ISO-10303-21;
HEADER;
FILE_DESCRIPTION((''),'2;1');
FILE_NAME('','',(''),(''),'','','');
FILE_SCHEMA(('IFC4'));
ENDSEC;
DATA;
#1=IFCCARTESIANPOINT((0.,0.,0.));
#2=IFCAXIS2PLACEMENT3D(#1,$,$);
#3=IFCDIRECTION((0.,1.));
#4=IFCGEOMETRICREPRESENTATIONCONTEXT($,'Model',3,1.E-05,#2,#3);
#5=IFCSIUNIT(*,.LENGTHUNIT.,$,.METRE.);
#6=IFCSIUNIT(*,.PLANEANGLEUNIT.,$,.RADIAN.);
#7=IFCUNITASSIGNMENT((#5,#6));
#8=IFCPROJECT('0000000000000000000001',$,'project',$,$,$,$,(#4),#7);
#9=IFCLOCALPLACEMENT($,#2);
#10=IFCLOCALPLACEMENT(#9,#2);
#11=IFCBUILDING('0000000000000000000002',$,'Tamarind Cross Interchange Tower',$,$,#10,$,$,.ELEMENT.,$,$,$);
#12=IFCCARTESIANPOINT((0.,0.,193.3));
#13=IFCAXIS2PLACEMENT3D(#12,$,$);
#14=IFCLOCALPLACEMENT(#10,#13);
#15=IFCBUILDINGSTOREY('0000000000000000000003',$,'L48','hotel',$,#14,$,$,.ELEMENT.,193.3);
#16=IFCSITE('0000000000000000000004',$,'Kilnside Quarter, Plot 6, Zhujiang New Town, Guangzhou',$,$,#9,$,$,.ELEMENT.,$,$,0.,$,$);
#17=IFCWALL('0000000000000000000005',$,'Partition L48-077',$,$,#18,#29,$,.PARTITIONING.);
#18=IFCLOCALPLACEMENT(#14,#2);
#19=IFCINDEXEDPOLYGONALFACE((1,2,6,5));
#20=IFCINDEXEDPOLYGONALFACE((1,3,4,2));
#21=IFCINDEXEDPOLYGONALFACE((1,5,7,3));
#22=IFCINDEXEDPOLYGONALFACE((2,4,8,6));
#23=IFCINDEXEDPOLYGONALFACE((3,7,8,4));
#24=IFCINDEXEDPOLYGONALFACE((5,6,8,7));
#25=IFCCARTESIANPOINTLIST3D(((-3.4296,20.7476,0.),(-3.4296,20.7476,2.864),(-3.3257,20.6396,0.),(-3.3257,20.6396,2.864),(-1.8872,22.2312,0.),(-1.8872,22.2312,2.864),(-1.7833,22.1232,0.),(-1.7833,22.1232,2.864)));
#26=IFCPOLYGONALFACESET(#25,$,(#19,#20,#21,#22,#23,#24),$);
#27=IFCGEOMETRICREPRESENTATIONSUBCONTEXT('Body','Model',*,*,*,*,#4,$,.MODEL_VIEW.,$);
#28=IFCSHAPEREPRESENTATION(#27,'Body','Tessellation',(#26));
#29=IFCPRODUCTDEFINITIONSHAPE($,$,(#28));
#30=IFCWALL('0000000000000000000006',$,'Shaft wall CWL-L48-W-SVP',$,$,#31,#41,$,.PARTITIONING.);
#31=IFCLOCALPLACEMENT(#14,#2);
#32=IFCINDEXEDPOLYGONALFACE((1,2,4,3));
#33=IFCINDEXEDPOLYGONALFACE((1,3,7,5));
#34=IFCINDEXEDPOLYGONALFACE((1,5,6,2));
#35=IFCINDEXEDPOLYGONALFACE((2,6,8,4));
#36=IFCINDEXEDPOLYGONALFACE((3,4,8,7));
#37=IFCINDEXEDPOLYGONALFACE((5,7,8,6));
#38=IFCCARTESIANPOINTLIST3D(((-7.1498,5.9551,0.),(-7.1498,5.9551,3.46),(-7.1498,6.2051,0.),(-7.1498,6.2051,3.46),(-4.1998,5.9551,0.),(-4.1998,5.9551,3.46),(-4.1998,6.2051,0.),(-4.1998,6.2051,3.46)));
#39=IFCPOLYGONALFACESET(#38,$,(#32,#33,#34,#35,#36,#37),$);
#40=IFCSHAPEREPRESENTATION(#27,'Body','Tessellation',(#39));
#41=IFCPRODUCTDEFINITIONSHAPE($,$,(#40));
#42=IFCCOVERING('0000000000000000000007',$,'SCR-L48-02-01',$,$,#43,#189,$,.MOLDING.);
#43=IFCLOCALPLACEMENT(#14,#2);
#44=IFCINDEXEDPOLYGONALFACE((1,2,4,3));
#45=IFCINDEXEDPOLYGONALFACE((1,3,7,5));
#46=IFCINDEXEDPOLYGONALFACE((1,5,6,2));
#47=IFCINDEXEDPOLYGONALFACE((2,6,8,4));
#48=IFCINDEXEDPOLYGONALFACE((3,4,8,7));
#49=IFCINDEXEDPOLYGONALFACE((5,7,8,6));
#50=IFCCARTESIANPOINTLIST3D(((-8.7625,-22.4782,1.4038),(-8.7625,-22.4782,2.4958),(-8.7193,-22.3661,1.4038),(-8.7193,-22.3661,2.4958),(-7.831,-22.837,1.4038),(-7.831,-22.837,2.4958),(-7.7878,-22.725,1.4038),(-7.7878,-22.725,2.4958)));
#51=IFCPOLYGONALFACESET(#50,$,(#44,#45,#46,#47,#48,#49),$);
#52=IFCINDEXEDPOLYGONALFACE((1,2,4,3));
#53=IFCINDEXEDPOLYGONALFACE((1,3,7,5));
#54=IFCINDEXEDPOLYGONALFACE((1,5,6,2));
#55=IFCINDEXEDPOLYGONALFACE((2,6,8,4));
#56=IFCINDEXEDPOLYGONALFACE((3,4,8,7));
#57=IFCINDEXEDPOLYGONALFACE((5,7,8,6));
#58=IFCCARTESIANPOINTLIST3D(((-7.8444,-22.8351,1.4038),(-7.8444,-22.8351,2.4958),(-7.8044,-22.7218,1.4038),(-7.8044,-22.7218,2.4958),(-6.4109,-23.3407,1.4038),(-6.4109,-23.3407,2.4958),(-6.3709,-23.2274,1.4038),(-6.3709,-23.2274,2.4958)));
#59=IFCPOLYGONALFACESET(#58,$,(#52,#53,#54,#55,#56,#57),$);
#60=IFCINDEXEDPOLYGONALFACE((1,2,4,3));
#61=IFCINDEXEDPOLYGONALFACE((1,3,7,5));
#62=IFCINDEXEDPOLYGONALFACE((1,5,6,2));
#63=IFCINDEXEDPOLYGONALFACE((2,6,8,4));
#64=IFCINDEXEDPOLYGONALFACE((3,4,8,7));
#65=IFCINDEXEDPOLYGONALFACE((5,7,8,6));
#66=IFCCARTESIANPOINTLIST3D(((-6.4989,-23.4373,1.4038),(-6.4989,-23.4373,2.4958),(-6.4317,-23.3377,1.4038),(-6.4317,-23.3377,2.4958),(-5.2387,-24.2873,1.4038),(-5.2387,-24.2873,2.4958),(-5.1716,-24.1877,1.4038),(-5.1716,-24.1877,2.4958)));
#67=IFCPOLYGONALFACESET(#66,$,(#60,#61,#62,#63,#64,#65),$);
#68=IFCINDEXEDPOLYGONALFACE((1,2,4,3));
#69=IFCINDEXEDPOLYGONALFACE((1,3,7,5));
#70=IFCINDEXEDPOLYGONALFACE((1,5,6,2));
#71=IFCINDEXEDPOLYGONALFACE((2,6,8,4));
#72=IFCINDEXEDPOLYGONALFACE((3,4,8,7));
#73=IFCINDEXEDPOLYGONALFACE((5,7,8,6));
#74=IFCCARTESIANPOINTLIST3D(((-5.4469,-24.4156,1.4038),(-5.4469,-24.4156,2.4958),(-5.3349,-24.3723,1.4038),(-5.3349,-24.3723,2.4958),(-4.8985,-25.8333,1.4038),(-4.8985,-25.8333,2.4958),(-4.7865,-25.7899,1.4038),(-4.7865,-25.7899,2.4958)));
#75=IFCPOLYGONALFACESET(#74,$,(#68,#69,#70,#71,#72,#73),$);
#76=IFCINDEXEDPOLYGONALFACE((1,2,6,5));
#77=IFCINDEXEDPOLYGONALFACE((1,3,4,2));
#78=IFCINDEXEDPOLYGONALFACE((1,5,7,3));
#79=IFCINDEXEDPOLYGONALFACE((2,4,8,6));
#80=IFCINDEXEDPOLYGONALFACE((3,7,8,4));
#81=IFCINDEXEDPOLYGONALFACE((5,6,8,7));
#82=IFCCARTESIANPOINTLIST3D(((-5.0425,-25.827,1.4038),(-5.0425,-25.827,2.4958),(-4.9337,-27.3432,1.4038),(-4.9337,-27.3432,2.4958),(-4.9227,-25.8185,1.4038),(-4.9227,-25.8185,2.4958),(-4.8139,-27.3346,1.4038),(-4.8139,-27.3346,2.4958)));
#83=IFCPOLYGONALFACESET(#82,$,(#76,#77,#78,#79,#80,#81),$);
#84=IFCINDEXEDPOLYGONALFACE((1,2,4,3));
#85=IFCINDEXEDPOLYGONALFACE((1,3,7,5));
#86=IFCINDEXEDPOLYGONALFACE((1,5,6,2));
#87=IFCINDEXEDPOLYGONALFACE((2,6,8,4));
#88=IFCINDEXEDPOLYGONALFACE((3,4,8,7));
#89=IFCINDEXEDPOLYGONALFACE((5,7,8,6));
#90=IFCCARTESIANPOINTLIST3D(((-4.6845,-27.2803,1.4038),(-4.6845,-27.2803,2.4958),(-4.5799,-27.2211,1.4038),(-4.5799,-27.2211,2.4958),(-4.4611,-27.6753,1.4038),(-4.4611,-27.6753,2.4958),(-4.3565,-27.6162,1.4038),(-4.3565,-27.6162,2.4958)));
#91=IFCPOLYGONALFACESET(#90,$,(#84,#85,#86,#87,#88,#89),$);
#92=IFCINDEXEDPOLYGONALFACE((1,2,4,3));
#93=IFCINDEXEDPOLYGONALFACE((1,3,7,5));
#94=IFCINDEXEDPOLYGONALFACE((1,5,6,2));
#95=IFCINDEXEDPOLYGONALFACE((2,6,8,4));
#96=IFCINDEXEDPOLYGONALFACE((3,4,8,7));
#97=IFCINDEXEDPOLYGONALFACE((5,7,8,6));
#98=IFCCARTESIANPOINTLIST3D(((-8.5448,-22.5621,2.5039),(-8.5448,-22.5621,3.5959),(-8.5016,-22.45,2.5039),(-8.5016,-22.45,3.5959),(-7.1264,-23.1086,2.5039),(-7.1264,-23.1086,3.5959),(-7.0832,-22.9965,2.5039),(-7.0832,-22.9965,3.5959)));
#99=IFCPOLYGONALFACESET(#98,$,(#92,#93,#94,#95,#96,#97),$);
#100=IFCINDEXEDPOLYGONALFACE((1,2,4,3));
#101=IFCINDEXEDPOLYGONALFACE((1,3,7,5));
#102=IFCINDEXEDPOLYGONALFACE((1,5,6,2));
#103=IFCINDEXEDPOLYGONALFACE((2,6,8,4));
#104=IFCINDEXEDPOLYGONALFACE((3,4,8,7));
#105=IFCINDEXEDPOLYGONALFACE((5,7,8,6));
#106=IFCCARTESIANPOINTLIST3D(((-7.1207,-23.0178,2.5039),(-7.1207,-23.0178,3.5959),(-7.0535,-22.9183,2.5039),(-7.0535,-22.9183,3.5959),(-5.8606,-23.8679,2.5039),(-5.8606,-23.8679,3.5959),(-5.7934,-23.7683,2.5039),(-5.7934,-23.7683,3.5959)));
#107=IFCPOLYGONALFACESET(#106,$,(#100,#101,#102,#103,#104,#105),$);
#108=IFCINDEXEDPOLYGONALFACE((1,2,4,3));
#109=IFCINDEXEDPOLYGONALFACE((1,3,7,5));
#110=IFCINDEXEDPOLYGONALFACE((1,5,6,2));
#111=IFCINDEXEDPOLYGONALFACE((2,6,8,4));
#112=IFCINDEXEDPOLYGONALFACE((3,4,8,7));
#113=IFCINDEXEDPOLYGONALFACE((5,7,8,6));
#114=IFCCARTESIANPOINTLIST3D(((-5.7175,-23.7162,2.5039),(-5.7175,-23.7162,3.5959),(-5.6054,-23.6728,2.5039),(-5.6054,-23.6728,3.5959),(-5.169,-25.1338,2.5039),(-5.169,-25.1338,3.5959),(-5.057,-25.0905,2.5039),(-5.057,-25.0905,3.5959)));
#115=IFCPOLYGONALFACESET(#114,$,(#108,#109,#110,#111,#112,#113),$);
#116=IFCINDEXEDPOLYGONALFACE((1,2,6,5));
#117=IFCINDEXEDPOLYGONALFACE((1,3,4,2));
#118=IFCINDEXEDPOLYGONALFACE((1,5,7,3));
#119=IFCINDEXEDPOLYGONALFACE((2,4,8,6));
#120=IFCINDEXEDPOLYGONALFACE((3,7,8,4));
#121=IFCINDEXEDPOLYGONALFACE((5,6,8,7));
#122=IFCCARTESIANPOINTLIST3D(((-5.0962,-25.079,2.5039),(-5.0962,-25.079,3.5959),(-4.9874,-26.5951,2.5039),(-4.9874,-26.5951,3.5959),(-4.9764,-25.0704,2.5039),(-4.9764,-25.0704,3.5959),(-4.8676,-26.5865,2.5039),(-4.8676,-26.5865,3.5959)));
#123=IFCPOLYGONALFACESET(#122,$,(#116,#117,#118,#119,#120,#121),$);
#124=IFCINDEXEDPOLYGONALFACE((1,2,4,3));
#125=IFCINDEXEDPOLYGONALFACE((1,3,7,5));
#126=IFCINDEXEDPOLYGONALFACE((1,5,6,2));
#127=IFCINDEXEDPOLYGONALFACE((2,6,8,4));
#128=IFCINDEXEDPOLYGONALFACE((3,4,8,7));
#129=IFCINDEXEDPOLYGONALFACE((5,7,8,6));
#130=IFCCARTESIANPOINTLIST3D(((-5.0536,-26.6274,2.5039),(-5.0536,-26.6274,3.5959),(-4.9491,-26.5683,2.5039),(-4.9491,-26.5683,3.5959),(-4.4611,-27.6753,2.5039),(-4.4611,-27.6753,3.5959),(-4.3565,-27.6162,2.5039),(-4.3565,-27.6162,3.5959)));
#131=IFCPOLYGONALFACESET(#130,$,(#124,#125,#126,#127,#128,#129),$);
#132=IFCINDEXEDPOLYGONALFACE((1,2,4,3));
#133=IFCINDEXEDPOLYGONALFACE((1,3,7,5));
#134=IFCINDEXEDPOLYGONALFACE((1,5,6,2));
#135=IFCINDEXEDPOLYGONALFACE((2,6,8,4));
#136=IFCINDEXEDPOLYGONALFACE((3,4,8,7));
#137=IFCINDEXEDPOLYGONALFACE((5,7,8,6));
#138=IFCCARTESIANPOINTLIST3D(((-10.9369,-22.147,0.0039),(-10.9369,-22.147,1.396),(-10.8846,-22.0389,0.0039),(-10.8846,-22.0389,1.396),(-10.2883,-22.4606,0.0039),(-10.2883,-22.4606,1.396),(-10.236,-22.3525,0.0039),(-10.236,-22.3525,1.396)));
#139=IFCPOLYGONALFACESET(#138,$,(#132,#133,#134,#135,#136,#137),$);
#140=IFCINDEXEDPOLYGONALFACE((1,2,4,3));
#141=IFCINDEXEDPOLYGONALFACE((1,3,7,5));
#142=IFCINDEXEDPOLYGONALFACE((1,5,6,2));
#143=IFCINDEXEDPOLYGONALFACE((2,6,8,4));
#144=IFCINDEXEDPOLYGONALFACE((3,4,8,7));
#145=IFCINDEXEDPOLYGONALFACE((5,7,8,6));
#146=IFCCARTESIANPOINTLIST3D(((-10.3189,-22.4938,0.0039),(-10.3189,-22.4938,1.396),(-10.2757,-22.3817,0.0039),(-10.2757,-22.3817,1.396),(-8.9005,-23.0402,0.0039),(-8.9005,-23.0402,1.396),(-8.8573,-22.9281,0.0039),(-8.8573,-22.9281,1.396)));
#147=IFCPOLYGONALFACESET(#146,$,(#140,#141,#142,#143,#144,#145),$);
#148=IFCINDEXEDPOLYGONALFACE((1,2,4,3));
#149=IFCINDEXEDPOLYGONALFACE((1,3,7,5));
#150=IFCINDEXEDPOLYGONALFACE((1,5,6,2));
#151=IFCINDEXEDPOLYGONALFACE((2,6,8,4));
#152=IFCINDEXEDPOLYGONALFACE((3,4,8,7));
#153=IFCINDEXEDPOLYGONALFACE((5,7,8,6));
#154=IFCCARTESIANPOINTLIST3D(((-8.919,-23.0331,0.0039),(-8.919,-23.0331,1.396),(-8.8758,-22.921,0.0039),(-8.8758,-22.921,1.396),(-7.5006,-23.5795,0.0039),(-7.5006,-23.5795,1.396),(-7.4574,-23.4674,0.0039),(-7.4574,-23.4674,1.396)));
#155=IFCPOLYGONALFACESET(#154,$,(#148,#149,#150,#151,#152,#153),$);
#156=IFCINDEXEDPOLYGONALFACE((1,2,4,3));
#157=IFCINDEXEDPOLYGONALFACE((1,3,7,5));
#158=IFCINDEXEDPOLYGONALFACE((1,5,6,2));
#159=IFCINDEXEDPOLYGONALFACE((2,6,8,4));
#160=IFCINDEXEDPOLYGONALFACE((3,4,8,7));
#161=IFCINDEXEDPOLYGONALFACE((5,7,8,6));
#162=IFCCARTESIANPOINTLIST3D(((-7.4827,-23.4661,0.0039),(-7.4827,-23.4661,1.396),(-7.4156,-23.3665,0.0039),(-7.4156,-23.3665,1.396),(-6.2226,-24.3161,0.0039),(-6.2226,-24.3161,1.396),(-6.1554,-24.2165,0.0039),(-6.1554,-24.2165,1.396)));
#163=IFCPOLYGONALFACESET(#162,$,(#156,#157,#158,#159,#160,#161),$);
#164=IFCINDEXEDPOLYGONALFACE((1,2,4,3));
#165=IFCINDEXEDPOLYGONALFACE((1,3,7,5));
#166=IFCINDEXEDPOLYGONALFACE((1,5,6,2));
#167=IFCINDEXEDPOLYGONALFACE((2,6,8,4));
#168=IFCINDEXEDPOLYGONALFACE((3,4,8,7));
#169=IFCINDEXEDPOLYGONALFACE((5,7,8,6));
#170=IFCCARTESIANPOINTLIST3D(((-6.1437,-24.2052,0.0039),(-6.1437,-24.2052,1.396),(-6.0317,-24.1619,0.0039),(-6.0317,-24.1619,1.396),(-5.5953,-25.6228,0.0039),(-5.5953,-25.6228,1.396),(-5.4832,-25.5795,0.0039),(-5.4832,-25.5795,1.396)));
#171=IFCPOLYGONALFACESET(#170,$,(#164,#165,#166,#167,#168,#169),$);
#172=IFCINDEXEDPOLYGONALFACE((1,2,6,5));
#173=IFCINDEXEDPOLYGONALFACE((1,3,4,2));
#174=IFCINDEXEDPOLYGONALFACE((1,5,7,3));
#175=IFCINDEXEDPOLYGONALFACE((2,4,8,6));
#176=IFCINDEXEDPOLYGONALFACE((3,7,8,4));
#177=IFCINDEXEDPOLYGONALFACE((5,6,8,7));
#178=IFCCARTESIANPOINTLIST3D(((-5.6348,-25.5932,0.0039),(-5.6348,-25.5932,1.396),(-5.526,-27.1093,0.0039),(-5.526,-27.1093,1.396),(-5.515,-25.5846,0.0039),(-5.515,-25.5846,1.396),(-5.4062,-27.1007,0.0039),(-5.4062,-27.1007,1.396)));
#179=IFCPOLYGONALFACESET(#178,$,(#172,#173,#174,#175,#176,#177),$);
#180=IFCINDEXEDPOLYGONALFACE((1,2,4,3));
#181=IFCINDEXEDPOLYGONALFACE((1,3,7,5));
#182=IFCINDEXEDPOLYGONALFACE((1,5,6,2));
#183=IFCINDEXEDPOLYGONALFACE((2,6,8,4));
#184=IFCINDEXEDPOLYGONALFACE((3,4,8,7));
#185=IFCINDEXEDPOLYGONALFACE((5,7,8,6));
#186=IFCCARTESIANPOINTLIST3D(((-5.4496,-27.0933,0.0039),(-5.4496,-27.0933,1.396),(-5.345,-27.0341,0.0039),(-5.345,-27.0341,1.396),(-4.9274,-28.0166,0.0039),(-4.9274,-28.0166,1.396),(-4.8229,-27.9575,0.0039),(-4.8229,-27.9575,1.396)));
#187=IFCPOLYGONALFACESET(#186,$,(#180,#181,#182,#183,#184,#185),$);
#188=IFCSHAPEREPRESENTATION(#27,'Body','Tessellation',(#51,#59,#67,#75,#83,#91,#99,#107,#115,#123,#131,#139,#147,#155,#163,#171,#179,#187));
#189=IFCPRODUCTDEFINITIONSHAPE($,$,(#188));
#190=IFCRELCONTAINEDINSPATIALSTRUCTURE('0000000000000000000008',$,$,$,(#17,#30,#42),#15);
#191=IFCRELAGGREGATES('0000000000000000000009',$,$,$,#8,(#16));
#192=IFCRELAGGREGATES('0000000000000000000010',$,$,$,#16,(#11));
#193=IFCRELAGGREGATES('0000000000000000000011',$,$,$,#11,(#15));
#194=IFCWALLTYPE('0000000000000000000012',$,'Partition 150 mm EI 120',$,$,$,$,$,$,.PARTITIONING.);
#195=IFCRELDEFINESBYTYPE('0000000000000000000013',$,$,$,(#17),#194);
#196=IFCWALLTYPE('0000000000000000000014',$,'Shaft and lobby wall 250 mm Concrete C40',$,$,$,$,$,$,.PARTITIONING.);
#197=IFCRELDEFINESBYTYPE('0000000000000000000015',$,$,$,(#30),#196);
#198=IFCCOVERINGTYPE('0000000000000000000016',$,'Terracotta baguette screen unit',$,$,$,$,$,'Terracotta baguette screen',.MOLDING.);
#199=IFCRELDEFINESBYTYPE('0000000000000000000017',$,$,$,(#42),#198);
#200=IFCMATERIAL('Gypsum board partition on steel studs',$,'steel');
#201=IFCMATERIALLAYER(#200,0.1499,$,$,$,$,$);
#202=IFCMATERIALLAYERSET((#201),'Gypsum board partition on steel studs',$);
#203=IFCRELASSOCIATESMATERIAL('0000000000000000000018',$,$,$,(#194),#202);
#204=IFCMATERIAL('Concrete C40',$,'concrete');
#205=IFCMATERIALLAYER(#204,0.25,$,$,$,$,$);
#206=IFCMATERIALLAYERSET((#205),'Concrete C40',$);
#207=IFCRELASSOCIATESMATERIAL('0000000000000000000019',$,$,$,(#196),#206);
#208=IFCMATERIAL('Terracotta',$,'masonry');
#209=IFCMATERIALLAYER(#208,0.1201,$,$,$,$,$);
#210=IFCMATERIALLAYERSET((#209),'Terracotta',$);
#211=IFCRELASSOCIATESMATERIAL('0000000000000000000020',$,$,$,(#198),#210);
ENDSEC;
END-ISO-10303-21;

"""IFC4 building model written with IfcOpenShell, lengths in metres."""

from ifc_helpers import new_model, si_unit, direction, frame, frame_2d, origin, origin_2d, place, context, subcontext, project, spatial, rectangle, extrude, material, layer, layer_set, type_object, element, save


model = new_model("IFC4")

# Units and contexts
model_context = context("Model", 3, precision=1e-05, world=origin(), true_north=direction((0.0, 1.0)))
body_context = subcontext(model_context, "Body", "Model", "MODEL_VIEW")
ifc_project = project(units=[si_unit("LENGTHUNIT", "METRE"), si_unit("PLANEANGLEUNIT", "RADIAN")], contexts=[model_context])

# Site, building, storey
site_placement = place(None, origin())
site = spatial("IfcSite", under=ifc_project, at=site_placement, Name="Kilnside Quarter, Plot 6, Zhujiang New Town, Guangzhou", CompositionType="ELEMENT", RefElevation=0.0)
building_placement = place(site_placement, origin())
building = spatial("IfcBuilding", under=site, at=building_placement, Name="Tamarind Cross Interchange Tower", CompositionType="ELEMENT")
storey_placement = place(building_placement, frame((0.0, 0.0, 193.3)))
storey = spatial("IfcBuildingStorey", under=building, at=storey_placement, Name="L48", Description="hotel", CompositionType="ELEMENT", Elevation=193.3)

# Shared definitions
ifc_material_1 = material(Name="Gypsum board partition on steel studs", Category="steel")

# Shared definitions
ifc_layer_1 = layer(ifc_material_1, 0.1499)
ifc_layer_set_1 = layer_set([ifc_layer_1], Name="Gypsum board partition on steel studs")
wall_type_1 = type_object("IfcWallType", Name="Partition 150 mm EI 120", PredefinedType="PARTITIONING", material=ifc_layer_set_1)

# Walls
wall_1_placement = place(storey_placement, frame((-3.3777, 20.6936, 0.0), z_axis=(0.0, 0.0, 1.0), x_axis=(0.720719, 0.693227, 0.0)))
element("IfcWall", 1, at=wall_1_placement, inside=storey, type_object=wall_type_1, Name="Partition L48-077", PredefinedType="PARTITIONING", context=body_context, shape_type="SweptSolid", body=[
    extrude(rectangle(XDim=2.1401, YDim=0.1499, at=frame_2d((1.0701, 0.0))), origin(), (0.0, 0.0, 1.0), 2.864),
])
ifc_material_2 = material(Name="Concrete C40", Category="concrete")
ifc_layer_2 = layer(ifc_material_2, 0.25)
ifc_layer_set_2 = layer_set([ifc_layer_2], Name="Concrete C40")
wall_type_2 = type_object("IfcWallType", Name="Shaft and lobby wall 250 mm Concrete C40", PredefinedType="PARTITIONING", material=ifc_layer_set_2)
wall_2_placement = place(storey_placement, frame((-7.1499, 6.0801, 0.0), z_axis=(0.0, 0.0, 1.0), x_axis=(1.0, 0.0, 0.0)))
element("IfcWall", 2, at=wall_2_placement, inside=storey, type_object=wall_type_2, Name="Shaft wall CWL-L48-W-SVP", PredefinedType="PARTITIONING", context=body_context, shape_type="SweptSolid", body=[
    extrude(rectangle(XDim=2.95, YDim=0.25, at=frame_2d((1.4751, 0.0))), origin(), (0.0, 0.0, 1.0), 3.46),
])

# Covering
ifc_material_3 = material(Name="Terracotta", Category="masonry")
ifc_layer_3 = layer(ifc_material_3, 0.1201)
ifc_layer_set_3 = layer_set([ifc_layer_3], Name="Terracotta")
covering_type = type_object("IfcCoveringType", Name="Terracotta baguette screen unit", ElementType="Terracotta baguette screen", PredefinedType="MOLDING", material=ifc_layer_set_3)
covering_1_placement = place(storey_placement, origin())
element("IfcCovering", 3, at=covering_1_placement, inside=storey, type_object=covering_type, Name="SCR-L48-02-01", PredefinedType="MOLDING", context=body_context, shape_type="SweptSolid", body=[
    extrude(rectangle(XDim=0.9983, YDim=0.1201, at=origin_2d()), frame((-8.2751, -22.6016, 1.4038), z_axis=(0.0, 0.0, 1.0), x_axis=(0.933147, -0.359495, 0.0)), (0.0, 0.0, 1.0), 1.092),
    extrude(rectangle(XDim=1.52, YDim=0.1201, at=origin_2d()), frame((-7.1077, -23.0312, 1.4038), z_axis=(0.0, 0.0, 1.0), x_axis=(0.943072, -0.332589, 0.0)), (0.0, 0.0, 1.0), 1.092),
    extrude(rectangle(XDim=1.52, YDim=0.1201, at=origin_2d()), frame((-5.8352, -23.8125, 1.4038), z_axis=(0.0, 0.0, 1.0), x_axis=(0.829016, -0.559225, 0.0)), (0.0, 0.0, 1.0), 1.092),
    extrude(rectangle(XDim=1.52, YDim=0.1201, at=origin_2d()), frame((-5.1167, -25.1028, 1.4038), z_axis=(0.0, 0.0, 1.0), x_axis=(0.360832, -0.932631, 0.0)), (0.0, 0.0, 1.0), 1.092),
    extrude(rectangle(XDim=1.52, YDim=0.1201, at=origin_2d()), frame((-4.9282, -26.5808, 1.4038), z_axis=(0.0, 0.0, 1.0), x_axis=(0.071577, -0.997435, 0.0)), (0.0, 0.0, 1.0), 1.092),
    extrude(rectangle(XDim=0.4539, YDim=0.1201, at=origin_2d()), frame((-4.5205, -27.4482, 1.4038), z_axis=(0.0, 0.0, 1.0), x_axis=(0.492232, -0.870464, 0.0)), (0.0, 0.0, 1.0), 1.092),
    extrude(rectangle(XDim=1.52, YDim=0.1201, at=origin_2d()), frame((-7.814, -22.7793, 2.5039), z_axis=(0.0, 0.0, 1.0), x_axis=(0.933147, -0.359495, 0.0)), (0.0, 0.0, 1.0), 1.092),
    extrude(rectangle(XDim=1.52, YDim=0.1201, at=origin_2d()), frame((-6.457, -23.3931, 2.5039), z_axis=(0.0, 0.0, 1.0), x_axis=(0.829016, -0.559225, 0.0)), (0.0, 0.0, 1.0), 1.092),
    extrude(rectangle(XDim=1.52, YDim=0.1201, at=origin_2d()), frame((-5.3872, -24.4033, 2.5039), z_axis=(0.0, 0.0, 1.0), x_axis=(0.360832, -0.932631, 0.0)), (0.0, 0.0, 1.0), 1.092),
    extrude(rectangle(XDim=1.52, YDim=0.1201, at=origin_2d()), frame((-4.9819, -25.8328, 2.5039), z_axis=(0.0, 0.0, 1.0), x_axis=(0.071577, -0.997435, 0.0)), (0.0, 0.0, 1.0), 1.092),
    extrude(rectangle(XDim=1.2039, YDim=0.1201, at=origin_2d()), frame((-4.7051, -27.1218, 2.5039), z_axis=(0.0, 0.0, 1.0), x_axis=(0.492232, -0.870464, 0.0)), (0.0, 0.0, 1.0), 1.092),
    extrude(rectangle(XDim=0.7205, YDim=0.1201, at=origin_2d()), frame((-10.5864, -22.2498, 0.0039), z_axis=(0.0, 0.0, 1.0), x_axis=(0.900273, -0.435326, 0.0)), (0.0, 0.0, 1.0), 1.3921),
    extrude(rectangle(XDim=1.52, YDim=0.1201, at=origin_2d()), frame((-9.5881, -22.7109, 0.0039), z_axis=(0.0, 0.0, 1.0), x_axis=(0.933147, -0.359495, 0.0)), (0.0, 0.0, 1.0), 1.3921),
    extrude(rectangle(XDim=1.52, YDim=0.1201, at=origin_2d()), frame((-8.1882, -23.2502, 0.0039), z_axis=(0.0, 0.0, 1.0), x_axis=(0.933147, -0.359495, 0.0)), (0.0, 0.0, 1.0), 1.3921),
    extrude(rectangle(XDim=1.52, YDim=0.1201, at=origin_2d()), frame((-6.8191, -23.8413, 0.0039), z_axis=(0.0, 0.0, 1.0), x_axis=(0.829016, -0.559225, 0.0)), (0.0, 0.0, 1.0), 1.3921),
    extrude(rectangle(XDim=1.52, YDim=0.1201, at=origin_2d()), frame((-5.8135, -24.8923, 0.0039), z_axis=(0.0, 0.0, 1.0), x_axis=(0.360832, -0.932631, 0.0)), (0.0, 0.0, 1.0), 1.3921),
    extrude(rectangle(XDim=1.52, YDim=0.1201, at=origin_2d()), frame((-5.5205, -26.3469, 0.0039), z_axis=(0.0, 0.0, 1.0), x_axis=(0.071577, -0.997435, 0.0)), (0.0, 0.0, 1.0), 1.3921),
    extrude(rectangle(XDim=1.0608, YDim=0.1201, at=origin_2d()), frame((-5.1362, -27.5254, 0.0039), z_axis=(0.0, 0.0, 1.0), x_axis=(0.492232, -0.870464, 0.0)), (0.0, 0.0, 1.0), 1.3921),
])

save(model, "model.ifc")
